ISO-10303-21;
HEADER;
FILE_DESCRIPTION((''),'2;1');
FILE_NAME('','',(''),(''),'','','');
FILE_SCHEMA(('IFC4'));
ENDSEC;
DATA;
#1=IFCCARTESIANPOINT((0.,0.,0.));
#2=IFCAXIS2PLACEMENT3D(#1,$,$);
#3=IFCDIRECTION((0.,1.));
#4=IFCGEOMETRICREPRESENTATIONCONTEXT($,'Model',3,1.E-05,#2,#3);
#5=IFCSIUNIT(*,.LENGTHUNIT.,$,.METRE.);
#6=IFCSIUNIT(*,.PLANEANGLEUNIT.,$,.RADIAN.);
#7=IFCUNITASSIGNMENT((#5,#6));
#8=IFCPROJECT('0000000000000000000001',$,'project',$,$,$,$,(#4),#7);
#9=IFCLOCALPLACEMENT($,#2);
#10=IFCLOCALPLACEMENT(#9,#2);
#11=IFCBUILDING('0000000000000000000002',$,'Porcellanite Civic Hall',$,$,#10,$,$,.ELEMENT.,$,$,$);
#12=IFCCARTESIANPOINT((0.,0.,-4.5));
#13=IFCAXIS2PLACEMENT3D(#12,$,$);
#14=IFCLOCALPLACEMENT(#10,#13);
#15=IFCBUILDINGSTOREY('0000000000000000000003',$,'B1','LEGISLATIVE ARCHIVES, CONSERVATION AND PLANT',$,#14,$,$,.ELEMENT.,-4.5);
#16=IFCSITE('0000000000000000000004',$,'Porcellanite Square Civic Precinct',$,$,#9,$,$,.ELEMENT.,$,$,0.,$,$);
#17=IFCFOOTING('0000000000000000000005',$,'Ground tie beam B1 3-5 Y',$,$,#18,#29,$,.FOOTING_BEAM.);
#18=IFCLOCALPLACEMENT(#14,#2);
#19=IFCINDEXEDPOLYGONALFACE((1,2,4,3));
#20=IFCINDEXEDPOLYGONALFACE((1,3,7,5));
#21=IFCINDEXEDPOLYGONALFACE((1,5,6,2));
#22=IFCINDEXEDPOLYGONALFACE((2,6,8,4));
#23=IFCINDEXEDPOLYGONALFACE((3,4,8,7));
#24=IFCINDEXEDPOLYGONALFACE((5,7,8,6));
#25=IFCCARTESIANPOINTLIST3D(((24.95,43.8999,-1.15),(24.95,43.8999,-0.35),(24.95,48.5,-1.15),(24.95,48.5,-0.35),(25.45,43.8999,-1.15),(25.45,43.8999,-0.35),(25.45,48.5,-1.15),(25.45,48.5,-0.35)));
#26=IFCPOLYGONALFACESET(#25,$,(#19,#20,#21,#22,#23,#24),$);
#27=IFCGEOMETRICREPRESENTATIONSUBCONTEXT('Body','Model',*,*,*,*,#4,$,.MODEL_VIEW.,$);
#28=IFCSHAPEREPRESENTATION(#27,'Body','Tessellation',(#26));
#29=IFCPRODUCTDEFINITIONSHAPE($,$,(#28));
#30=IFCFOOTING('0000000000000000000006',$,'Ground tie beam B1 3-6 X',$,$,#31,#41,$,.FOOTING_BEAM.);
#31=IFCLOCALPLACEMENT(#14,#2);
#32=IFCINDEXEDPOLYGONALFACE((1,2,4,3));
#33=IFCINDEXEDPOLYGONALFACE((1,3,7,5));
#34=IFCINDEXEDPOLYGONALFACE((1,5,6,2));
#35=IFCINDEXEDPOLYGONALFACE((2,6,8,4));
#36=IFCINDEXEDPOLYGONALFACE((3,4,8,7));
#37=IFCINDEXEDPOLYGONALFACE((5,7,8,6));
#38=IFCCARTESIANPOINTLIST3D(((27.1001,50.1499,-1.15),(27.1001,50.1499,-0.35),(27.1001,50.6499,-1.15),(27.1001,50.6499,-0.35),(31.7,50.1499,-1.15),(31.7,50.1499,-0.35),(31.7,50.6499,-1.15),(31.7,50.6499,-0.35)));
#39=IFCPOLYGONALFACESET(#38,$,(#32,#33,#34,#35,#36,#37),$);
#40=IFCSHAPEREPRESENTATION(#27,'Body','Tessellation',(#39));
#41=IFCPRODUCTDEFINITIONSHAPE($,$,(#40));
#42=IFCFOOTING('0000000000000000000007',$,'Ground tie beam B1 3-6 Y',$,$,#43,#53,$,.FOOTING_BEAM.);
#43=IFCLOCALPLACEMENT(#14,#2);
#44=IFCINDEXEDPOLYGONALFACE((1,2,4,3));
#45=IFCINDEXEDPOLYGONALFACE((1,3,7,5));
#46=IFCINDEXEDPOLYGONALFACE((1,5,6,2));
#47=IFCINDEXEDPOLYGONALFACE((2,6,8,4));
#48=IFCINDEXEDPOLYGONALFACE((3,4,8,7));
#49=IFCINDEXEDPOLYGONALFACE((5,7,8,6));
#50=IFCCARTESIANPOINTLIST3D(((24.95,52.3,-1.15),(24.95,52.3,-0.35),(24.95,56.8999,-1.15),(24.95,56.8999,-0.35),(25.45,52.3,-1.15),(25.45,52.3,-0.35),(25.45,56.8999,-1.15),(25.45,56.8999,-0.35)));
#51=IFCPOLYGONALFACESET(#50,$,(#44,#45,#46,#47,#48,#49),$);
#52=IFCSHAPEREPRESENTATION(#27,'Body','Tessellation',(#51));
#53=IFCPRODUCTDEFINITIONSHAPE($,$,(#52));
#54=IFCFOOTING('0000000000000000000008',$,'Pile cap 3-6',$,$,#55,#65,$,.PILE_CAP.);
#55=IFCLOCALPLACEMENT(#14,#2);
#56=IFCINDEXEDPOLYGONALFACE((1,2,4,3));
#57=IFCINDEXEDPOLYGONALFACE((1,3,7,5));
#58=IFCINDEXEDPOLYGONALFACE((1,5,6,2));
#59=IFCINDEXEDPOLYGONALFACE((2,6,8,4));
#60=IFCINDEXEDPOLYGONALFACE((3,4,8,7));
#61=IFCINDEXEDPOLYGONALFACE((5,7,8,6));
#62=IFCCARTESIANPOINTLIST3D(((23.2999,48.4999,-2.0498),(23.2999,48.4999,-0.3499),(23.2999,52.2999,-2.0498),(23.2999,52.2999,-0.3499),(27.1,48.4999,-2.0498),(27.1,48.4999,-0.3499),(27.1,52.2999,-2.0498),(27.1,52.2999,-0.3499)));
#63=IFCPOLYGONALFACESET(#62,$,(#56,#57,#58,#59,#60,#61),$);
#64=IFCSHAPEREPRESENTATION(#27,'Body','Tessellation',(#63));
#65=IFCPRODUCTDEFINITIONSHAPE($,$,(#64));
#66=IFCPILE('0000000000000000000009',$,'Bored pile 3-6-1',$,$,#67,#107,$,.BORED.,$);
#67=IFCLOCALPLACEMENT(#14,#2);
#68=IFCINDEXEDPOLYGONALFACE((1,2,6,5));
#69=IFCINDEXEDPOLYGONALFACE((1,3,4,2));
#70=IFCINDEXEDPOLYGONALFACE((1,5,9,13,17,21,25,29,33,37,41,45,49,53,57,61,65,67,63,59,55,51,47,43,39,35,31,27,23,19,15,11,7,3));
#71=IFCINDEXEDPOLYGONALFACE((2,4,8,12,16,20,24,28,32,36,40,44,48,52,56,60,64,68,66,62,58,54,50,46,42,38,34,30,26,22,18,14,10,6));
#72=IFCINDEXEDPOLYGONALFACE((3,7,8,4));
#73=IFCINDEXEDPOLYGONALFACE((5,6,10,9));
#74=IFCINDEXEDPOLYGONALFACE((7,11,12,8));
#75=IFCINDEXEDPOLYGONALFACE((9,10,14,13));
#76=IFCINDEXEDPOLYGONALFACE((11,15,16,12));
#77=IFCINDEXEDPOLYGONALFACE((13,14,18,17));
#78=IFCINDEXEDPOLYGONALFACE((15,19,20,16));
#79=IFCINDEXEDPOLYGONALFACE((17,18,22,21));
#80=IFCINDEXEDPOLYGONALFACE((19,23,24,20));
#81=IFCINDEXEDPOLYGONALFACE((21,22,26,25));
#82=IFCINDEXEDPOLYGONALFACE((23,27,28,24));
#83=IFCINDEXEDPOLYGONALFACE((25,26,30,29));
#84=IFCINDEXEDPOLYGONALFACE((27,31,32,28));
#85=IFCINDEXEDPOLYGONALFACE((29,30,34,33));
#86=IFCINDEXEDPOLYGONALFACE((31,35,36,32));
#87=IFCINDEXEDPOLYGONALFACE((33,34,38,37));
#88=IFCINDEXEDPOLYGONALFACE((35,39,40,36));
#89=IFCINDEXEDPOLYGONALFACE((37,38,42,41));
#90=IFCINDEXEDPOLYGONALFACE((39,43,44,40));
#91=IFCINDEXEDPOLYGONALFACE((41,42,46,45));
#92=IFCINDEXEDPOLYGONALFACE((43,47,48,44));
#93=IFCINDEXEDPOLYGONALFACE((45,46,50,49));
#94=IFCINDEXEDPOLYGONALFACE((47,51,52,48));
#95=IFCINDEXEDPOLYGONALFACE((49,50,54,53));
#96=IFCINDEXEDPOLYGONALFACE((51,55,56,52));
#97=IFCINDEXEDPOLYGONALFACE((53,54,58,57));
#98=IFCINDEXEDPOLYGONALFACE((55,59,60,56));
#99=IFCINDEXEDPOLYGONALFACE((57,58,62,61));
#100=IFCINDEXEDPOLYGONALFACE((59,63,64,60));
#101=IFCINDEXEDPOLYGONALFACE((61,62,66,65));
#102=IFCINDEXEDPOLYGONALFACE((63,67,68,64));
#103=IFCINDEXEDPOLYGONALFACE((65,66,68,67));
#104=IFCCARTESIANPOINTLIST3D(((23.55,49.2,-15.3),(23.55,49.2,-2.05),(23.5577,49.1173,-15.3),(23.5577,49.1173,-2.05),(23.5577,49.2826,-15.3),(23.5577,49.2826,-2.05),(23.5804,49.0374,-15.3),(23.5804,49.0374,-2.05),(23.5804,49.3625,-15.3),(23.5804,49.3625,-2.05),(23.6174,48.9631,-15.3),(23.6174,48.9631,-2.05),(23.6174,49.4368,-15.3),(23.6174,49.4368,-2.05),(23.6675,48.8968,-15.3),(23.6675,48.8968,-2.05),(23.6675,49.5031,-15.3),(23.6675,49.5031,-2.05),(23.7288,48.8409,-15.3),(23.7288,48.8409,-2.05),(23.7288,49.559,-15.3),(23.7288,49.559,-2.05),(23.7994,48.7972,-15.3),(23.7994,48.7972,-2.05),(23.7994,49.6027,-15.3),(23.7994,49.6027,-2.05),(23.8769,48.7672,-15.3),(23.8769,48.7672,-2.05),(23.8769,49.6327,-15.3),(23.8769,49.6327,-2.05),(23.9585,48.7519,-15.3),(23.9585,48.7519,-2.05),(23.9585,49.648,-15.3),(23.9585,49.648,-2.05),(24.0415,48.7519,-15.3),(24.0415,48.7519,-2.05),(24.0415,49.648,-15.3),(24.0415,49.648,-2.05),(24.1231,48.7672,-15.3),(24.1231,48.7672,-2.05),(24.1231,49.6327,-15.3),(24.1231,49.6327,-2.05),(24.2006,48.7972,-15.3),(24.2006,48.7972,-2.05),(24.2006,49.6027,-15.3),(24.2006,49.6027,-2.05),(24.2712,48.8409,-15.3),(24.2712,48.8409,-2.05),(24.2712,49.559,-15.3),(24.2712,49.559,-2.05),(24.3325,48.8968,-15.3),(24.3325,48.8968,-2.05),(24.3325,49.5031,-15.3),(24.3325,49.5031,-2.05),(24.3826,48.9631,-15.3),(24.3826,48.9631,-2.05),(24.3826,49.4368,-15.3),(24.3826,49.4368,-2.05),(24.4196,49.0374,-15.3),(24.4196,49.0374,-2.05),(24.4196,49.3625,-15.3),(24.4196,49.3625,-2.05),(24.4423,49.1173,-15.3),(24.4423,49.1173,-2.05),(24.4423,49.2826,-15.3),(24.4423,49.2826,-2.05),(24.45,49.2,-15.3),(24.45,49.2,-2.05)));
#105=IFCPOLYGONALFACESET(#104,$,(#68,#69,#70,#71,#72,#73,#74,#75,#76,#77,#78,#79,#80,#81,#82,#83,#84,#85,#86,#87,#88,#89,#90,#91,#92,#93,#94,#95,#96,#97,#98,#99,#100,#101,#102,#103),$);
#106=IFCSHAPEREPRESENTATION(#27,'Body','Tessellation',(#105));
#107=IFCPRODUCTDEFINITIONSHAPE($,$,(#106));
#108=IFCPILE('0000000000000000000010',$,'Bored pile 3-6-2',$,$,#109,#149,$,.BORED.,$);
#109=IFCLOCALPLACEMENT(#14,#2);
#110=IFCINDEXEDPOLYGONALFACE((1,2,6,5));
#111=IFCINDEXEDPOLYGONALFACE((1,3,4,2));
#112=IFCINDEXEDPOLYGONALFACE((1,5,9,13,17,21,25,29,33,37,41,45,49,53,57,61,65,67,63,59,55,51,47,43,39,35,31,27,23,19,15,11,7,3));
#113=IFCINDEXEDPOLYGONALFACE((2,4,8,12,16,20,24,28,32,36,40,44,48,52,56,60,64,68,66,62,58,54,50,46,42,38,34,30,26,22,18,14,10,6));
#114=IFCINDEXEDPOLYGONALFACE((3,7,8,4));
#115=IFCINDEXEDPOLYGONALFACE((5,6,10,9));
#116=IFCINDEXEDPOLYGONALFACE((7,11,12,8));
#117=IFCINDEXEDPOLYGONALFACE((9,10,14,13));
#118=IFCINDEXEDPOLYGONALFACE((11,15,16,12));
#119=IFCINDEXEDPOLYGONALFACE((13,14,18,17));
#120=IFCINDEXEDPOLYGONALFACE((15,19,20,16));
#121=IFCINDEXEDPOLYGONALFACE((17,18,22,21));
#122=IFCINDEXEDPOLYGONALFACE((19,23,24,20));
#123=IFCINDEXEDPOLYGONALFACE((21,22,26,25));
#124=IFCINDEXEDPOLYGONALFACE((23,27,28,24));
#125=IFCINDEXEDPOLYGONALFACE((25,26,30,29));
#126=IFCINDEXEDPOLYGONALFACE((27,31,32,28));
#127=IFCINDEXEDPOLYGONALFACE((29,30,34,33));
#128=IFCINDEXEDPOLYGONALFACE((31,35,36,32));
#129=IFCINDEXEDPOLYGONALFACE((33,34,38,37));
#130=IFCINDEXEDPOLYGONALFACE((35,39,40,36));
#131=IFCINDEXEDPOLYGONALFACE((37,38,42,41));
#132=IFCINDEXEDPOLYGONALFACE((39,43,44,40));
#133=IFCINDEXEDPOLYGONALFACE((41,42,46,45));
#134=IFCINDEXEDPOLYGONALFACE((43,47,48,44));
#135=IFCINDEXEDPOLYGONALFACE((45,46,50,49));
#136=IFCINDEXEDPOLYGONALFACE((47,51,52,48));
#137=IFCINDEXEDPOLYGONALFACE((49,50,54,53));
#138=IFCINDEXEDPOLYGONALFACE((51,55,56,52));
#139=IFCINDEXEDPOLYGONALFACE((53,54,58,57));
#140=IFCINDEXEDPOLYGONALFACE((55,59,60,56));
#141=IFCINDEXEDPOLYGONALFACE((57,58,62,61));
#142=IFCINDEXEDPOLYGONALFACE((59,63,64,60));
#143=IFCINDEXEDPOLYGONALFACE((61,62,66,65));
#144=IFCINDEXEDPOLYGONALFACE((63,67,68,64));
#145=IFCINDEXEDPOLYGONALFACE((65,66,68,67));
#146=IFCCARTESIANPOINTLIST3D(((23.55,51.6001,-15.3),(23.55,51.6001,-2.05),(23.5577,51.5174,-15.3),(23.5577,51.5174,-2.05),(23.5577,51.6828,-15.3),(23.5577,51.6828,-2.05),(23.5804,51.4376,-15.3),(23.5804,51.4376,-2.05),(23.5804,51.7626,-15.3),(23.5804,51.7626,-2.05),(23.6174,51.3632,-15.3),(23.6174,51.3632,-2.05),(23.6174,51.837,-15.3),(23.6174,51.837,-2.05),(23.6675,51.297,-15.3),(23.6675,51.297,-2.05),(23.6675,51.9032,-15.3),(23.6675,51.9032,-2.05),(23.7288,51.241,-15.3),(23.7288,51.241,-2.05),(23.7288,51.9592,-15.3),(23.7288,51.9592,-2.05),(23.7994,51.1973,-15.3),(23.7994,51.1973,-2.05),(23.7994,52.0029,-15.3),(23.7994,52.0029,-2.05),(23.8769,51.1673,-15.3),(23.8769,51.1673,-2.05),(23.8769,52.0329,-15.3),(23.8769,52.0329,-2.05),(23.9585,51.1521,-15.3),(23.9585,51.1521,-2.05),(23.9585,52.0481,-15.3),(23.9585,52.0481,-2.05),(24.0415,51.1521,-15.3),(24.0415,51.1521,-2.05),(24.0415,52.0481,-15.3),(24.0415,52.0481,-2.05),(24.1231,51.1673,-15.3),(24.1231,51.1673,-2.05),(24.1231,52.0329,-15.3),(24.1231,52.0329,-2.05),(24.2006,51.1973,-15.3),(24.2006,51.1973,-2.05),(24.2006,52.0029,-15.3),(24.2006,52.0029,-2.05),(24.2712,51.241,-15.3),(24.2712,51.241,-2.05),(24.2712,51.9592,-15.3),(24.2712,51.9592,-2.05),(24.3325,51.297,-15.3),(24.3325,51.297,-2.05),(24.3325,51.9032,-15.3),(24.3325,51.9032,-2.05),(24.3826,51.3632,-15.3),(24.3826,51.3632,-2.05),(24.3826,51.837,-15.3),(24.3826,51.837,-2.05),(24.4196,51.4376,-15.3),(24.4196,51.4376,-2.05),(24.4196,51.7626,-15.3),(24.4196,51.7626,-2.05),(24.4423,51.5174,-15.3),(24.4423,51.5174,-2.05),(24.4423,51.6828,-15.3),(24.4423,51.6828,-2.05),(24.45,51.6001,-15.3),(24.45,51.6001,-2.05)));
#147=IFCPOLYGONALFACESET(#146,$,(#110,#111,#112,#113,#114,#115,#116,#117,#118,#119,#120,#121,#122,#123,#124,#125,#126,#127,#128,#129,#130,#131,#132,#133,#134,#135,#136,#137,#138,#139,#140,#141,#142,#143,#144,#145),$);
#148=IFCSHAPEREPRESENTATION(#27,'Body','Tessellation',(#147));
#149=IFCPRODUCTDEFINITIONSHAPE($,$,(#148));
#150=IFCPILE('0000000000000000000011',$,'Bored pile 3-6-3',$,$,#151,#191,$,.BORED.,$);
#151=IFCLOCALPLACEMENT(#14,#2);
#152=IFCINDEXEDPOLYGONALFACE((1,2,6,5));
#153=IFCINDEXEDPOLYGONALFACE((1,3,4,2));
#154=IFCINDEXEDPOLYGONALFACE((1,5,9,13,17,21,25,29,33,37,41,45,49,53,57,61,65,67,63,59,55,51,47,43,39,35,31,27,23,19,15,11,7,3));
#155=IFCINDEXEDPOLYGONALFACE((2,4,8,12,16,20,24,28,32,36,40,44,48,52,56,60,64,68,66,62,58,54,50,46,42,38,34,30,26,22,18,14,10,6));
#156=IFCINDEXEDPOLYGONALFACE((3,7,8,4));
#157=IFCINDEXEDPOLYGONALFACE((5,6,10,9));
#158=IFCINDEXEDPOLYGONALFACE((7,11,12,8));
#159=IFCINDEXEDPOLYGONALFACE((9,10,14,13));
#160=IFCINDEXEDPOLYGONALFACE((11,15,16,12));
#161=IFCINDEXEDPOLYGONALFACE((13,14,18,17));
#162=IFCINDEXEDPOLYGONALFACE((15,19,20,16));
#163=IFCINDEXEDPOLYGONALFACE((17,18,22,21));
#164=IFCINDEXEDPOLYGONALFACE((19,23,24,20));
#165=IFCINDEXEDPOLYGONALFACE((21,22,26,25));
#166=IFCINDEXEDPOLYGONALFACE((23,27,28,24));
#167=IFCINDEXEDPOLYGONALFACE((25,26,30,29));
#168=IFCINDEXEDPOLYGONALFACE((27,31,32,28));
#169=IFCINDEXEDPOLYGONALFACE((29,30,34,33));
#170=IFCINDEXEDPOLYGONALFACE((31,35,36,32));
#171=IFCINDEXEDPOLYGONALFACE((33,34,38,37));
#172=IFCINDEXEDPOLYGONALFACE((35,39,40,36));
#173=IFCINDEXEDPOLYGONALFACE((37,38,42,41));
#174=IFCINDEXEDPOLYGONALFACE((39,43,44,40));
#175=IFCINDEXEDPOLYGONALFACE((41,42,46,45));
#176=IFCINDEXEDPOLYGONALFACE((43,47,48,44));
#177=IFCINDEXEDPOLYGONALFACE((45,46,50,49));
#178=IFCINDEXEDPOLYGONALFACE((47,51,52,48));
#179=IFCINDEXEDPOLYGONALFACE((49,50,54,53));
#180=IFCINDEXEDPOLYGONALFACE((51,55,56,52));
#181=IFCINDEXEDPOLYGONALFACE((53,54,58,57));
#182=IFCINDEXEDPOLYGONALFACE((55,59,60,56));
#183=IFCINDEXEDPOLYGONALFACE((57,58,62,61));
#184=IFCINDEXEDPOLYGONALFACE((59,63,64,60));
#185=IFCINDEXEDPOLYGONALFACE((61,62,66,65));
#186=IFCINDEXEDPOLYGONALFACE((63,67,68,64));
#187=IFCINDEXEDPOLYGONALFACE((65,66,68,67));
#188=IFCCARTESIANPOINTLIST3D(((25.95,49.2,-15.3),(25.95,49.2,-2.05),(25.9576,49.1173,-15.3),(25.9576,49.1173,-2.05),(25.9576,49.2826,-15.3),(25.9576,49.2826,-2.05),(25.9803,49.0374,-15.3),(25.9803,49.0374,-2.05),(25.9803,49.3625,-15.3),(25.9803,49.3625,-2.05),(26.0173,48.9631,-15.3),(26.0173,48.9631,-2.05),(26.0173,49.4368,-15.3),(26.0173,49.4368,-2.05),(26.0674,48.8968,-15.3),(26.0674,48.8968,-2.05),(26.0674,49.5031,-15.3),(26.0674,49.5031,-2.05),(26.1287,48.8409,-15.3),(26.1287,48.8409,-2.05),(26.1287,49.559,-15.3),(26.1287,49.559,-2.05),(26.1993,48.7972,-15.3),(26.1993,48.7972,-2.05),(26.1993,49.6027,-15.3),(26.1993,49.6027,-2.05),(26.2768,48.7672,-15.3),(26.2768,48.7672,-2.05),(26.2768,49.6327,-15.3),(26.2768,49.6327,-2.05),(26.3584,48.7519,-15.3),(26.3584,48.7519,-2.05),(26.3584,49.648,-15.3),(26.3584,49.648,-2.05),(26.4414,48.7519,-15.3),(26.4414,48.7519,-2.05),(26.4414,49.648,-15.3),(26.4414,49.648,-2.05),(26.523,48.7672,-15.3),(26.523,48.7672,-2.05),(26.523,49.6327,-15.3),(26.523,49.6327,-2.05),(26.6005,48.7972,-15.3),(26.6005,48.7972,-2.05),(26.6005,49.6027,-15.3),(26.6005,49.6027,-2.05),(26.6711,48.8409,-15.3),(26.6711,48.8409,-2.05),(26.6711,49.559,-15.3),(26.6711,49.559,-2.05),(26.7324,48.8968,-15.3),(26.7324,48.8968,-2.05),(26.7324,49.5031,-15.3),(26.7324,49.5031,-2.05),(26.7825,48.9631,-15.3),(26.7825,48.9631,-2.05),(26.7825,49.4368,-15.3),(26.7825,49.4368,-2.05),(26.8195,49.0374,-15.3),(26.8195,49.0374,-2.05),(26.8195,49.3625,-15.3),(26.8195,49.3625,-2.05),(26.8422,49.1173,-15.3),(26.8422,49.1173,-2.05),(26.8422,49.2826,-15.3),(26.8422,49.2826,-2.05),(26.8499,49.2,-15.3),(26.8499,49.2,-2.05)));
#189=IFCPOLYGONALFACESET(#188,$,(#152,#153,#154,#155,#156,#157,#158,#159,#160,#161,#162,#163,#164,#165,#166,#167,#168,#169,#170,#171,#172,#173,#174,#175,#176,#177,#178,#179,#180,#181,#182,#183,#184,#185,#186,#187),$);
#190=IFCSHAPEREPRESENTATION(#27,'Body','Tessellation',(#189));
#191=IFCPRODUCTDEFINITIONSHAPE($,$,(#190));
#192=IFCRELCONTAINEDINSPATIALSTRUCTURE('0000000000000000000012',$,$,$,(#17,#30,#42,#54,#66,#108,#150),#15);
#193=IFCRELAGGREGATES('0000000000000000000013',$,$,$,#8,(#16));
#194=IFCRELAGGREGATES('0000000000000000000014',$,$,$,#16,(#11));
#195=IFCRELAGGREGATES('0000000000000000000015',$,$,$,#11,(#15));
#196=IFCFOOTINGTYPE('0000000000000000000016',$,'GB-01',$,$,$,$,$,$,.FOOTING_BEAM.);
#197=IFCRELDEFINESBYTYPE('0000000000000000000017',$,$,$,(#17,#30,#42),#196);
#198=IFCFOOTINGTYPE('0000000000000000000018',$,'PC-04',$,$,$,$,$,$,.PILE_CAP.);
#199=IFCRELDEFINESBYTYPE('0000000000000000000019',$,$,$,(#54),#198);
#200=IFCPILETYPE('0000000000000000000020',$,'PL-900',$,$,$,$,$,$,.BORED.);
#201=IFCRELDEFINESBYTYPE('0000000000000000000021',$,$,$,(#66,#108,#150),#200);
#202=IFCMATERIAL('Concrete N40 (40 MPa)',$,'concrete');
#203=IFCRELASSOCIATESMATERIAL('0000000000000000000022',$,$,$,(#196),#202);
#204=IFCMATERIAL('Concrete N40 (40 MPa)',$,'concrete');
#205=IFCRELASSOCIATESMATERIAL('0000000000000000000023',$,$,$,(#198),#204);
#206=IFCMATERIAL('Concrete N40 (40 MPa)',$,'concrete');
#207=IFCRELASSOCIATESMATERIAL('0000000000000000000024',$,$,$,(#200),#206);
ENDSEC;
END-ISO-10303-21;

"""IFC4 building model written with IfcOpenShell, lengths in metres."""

from ifc_helpers import new_model, si_unit, direction, frame, origin, origin_2d, place, context, subcontext, project, spatial, rectangle, circle, extrude, material, material_profile, profile_set, type_object, element, save


model = new_model("IFC4")

# Units and contexts
model_context = context("Model", 3, precision=1e-05, world=origin(), true_north=direction((0.0, 1.0)))
body_context = subcontext(model_context, "Body", "Model", "MODEL_VIEW")
ifc_project = project(units=[si_unit("LENGTHUNIT", "METRE"), si_unit("PLANEANGLEUNIT", "RADIAN")], contexts=[model_context])

# Site, building, storey
site_placement = place(None, origin())
site = spatial("IfcSite", under=ifc_project, at=site_placement, Name="Porcellanite Square Civic Precinct", CompositionType="ELEMENT", RefElevation=0.0)
building_placement = place(site_placement, origin())
building = spatial("IfcBuilding", under=site, at=building_placement, Name="Porcellanite Civic Hall", CompositionType="ELEMENT")
storey_placement = place(building_placement, frame((0.0, 0.0, -4.5)))
storey = spatial("IfcBuildingStorey", under=building, at=storey_placement, Name="B1", Description="LEGISLATIVE ARCHIVES, CONSERVATION AND PLANT", CompositionType="ELEMENT", Elevation=-4.5)

# Footings
ifc_material_1 = material(Name="Concrete N40 (40 MPa)", Category="concrete")
ifc_material_profile_1 = material_profile(ifc_material_1, rectangle(XDim=0.5, YDim=0.8, at=origin_2d()), Name="RC-500x800")
ifc_profile_set_1 = profile_set([ifc_material_profile_1], Name="Concrete N40 (40 MPa)")
footing_type_1 = type_object("IfcFootingType", Name="GB-01", PredefinedType="FOOTING_BEAM", material=ifc_profile_set_1)
footing_1_placement = place(storey_placement, frame((25.2, 43.8999, -0.75), z_axis=(0.0, 1.0, 0.0), x_axis=(-1.0, 0.0, 0.0)))
element("IfcFooting", 1, at=footing_1_placement, inside=storey, type_object=footing_type_1, Name="Ground tie beam B1 3-5 Y", PredefinedType="FOOTING_BEAM", context=body_context, shape_type="SweptSolid", body=[
    extrude(rectangle(XDim=0.5, YDim=0.8, at=origin_2d()), origin(), (0.0, 0.0, 1.0), 4.6001),
])
for number, where, z_axis, x_axis, name in (
    (2, (27.1001, 50.3999, -0.75), (1.0, 0.0, 0.0), (0.0, 1.0, 0.0), "Ground tie beam B1 3-6 X"),
    (3, (25.2, 52.3, -0.75), (0.0, 1.0, 0.0), (-1.0, 0.0, 0.0), "Ground tie beam B1 3-6 Y"),
):
    element("IfcFooting", number, at=place(storey_placement, frame(where, z_axis=z_axis, x_axis=x_axis)), inside=storey, type_object=footing_type_1, Name=name, PredefinedType="FOOTING_BEAM", context=body_context, shape_type="SweptSolid", body=[
        extrude(rectangle(XDim=0.5, YDim=0.8, at=origin_2d()), origin(), (0.0, 0.0, 1.0), 4.5999),
    ])
ifc_material_2 = material(Name="Concrete N40 (40 MPa)", Category="concrete")
footing_type_2 = type_object("IfcFootingType", Name="PC-04", PredefinedType="PILE_CAP", material=ifc_material_2)
footing_2_placement = place(storey_placement, frame((25.2, 50.3999, -2.0498), z_axis=(0.0, 0.0, 1.0), x_axis=(1.0, 0.0, 0.0)))
element("IfcFooting", 4, at=footing_2_placement, inside=storey, type_object=footing_type_2, Name="Pile cap 3-6", PredefinedType="PILE_CAP", context=body_context, shape_type="SweptSolid", body=[
    extrude(rectangle(XDim=3.8, YDim=3.8, at=origin_2d()), origin(), (0.0, 0.0, 1.0), 1.7),
])

# Piles
ifc_material_3 = material(Name="Concrete N40 (40 MPa)", Category="concrete")
ifc_material_profile_2 = material_profile(ifc_material_3, circle(Radius=0.45, at=origin_2d()), Name="PILE-D900")
ifc_profile_set_2 = profile_set([ifc_material_profile_2], Name="Concrete N40 (40 MPa)")
pile_type = type_object("IfcPileType", Name="PL-900", PredefinedType="BORED", material=ifc_profile_set_2)
for number, where, z_axis, x_axis, name in (
    (5, (24.0, 49.2, -2.05), (0.0, 0.0, -1.0), (1.0, 0.0, 0.0), "Bored pile 3-6-1"),
    (6, (24.0, 51.6001, -2.05), (0.0, 0.0, -1.0), (1.0, 0.0, 0.0), "Bored pile 3-6-2"),
    (7, (26.3999, 49.2, -2.05), (0.0, 0.0, -1.0), (1.0, 0.0, 0.0), "Bored pile 3-6-3"),
):
    element("IfcPile", number, at=place(storey_placement, frame(where, z_axis=z_axis, x_axis=x_axis)), inside=storey, type_object=pile_type, Name=name, PredefinedType="BORED", context=body_context, shape_type="SweptSolid", body=[
        extrude(circle(Radius=0.45, at=origin_2d()), origin(), (0.0, 0.0, 1.0), 13.25),
    ])

save(model, "model.ifc")
